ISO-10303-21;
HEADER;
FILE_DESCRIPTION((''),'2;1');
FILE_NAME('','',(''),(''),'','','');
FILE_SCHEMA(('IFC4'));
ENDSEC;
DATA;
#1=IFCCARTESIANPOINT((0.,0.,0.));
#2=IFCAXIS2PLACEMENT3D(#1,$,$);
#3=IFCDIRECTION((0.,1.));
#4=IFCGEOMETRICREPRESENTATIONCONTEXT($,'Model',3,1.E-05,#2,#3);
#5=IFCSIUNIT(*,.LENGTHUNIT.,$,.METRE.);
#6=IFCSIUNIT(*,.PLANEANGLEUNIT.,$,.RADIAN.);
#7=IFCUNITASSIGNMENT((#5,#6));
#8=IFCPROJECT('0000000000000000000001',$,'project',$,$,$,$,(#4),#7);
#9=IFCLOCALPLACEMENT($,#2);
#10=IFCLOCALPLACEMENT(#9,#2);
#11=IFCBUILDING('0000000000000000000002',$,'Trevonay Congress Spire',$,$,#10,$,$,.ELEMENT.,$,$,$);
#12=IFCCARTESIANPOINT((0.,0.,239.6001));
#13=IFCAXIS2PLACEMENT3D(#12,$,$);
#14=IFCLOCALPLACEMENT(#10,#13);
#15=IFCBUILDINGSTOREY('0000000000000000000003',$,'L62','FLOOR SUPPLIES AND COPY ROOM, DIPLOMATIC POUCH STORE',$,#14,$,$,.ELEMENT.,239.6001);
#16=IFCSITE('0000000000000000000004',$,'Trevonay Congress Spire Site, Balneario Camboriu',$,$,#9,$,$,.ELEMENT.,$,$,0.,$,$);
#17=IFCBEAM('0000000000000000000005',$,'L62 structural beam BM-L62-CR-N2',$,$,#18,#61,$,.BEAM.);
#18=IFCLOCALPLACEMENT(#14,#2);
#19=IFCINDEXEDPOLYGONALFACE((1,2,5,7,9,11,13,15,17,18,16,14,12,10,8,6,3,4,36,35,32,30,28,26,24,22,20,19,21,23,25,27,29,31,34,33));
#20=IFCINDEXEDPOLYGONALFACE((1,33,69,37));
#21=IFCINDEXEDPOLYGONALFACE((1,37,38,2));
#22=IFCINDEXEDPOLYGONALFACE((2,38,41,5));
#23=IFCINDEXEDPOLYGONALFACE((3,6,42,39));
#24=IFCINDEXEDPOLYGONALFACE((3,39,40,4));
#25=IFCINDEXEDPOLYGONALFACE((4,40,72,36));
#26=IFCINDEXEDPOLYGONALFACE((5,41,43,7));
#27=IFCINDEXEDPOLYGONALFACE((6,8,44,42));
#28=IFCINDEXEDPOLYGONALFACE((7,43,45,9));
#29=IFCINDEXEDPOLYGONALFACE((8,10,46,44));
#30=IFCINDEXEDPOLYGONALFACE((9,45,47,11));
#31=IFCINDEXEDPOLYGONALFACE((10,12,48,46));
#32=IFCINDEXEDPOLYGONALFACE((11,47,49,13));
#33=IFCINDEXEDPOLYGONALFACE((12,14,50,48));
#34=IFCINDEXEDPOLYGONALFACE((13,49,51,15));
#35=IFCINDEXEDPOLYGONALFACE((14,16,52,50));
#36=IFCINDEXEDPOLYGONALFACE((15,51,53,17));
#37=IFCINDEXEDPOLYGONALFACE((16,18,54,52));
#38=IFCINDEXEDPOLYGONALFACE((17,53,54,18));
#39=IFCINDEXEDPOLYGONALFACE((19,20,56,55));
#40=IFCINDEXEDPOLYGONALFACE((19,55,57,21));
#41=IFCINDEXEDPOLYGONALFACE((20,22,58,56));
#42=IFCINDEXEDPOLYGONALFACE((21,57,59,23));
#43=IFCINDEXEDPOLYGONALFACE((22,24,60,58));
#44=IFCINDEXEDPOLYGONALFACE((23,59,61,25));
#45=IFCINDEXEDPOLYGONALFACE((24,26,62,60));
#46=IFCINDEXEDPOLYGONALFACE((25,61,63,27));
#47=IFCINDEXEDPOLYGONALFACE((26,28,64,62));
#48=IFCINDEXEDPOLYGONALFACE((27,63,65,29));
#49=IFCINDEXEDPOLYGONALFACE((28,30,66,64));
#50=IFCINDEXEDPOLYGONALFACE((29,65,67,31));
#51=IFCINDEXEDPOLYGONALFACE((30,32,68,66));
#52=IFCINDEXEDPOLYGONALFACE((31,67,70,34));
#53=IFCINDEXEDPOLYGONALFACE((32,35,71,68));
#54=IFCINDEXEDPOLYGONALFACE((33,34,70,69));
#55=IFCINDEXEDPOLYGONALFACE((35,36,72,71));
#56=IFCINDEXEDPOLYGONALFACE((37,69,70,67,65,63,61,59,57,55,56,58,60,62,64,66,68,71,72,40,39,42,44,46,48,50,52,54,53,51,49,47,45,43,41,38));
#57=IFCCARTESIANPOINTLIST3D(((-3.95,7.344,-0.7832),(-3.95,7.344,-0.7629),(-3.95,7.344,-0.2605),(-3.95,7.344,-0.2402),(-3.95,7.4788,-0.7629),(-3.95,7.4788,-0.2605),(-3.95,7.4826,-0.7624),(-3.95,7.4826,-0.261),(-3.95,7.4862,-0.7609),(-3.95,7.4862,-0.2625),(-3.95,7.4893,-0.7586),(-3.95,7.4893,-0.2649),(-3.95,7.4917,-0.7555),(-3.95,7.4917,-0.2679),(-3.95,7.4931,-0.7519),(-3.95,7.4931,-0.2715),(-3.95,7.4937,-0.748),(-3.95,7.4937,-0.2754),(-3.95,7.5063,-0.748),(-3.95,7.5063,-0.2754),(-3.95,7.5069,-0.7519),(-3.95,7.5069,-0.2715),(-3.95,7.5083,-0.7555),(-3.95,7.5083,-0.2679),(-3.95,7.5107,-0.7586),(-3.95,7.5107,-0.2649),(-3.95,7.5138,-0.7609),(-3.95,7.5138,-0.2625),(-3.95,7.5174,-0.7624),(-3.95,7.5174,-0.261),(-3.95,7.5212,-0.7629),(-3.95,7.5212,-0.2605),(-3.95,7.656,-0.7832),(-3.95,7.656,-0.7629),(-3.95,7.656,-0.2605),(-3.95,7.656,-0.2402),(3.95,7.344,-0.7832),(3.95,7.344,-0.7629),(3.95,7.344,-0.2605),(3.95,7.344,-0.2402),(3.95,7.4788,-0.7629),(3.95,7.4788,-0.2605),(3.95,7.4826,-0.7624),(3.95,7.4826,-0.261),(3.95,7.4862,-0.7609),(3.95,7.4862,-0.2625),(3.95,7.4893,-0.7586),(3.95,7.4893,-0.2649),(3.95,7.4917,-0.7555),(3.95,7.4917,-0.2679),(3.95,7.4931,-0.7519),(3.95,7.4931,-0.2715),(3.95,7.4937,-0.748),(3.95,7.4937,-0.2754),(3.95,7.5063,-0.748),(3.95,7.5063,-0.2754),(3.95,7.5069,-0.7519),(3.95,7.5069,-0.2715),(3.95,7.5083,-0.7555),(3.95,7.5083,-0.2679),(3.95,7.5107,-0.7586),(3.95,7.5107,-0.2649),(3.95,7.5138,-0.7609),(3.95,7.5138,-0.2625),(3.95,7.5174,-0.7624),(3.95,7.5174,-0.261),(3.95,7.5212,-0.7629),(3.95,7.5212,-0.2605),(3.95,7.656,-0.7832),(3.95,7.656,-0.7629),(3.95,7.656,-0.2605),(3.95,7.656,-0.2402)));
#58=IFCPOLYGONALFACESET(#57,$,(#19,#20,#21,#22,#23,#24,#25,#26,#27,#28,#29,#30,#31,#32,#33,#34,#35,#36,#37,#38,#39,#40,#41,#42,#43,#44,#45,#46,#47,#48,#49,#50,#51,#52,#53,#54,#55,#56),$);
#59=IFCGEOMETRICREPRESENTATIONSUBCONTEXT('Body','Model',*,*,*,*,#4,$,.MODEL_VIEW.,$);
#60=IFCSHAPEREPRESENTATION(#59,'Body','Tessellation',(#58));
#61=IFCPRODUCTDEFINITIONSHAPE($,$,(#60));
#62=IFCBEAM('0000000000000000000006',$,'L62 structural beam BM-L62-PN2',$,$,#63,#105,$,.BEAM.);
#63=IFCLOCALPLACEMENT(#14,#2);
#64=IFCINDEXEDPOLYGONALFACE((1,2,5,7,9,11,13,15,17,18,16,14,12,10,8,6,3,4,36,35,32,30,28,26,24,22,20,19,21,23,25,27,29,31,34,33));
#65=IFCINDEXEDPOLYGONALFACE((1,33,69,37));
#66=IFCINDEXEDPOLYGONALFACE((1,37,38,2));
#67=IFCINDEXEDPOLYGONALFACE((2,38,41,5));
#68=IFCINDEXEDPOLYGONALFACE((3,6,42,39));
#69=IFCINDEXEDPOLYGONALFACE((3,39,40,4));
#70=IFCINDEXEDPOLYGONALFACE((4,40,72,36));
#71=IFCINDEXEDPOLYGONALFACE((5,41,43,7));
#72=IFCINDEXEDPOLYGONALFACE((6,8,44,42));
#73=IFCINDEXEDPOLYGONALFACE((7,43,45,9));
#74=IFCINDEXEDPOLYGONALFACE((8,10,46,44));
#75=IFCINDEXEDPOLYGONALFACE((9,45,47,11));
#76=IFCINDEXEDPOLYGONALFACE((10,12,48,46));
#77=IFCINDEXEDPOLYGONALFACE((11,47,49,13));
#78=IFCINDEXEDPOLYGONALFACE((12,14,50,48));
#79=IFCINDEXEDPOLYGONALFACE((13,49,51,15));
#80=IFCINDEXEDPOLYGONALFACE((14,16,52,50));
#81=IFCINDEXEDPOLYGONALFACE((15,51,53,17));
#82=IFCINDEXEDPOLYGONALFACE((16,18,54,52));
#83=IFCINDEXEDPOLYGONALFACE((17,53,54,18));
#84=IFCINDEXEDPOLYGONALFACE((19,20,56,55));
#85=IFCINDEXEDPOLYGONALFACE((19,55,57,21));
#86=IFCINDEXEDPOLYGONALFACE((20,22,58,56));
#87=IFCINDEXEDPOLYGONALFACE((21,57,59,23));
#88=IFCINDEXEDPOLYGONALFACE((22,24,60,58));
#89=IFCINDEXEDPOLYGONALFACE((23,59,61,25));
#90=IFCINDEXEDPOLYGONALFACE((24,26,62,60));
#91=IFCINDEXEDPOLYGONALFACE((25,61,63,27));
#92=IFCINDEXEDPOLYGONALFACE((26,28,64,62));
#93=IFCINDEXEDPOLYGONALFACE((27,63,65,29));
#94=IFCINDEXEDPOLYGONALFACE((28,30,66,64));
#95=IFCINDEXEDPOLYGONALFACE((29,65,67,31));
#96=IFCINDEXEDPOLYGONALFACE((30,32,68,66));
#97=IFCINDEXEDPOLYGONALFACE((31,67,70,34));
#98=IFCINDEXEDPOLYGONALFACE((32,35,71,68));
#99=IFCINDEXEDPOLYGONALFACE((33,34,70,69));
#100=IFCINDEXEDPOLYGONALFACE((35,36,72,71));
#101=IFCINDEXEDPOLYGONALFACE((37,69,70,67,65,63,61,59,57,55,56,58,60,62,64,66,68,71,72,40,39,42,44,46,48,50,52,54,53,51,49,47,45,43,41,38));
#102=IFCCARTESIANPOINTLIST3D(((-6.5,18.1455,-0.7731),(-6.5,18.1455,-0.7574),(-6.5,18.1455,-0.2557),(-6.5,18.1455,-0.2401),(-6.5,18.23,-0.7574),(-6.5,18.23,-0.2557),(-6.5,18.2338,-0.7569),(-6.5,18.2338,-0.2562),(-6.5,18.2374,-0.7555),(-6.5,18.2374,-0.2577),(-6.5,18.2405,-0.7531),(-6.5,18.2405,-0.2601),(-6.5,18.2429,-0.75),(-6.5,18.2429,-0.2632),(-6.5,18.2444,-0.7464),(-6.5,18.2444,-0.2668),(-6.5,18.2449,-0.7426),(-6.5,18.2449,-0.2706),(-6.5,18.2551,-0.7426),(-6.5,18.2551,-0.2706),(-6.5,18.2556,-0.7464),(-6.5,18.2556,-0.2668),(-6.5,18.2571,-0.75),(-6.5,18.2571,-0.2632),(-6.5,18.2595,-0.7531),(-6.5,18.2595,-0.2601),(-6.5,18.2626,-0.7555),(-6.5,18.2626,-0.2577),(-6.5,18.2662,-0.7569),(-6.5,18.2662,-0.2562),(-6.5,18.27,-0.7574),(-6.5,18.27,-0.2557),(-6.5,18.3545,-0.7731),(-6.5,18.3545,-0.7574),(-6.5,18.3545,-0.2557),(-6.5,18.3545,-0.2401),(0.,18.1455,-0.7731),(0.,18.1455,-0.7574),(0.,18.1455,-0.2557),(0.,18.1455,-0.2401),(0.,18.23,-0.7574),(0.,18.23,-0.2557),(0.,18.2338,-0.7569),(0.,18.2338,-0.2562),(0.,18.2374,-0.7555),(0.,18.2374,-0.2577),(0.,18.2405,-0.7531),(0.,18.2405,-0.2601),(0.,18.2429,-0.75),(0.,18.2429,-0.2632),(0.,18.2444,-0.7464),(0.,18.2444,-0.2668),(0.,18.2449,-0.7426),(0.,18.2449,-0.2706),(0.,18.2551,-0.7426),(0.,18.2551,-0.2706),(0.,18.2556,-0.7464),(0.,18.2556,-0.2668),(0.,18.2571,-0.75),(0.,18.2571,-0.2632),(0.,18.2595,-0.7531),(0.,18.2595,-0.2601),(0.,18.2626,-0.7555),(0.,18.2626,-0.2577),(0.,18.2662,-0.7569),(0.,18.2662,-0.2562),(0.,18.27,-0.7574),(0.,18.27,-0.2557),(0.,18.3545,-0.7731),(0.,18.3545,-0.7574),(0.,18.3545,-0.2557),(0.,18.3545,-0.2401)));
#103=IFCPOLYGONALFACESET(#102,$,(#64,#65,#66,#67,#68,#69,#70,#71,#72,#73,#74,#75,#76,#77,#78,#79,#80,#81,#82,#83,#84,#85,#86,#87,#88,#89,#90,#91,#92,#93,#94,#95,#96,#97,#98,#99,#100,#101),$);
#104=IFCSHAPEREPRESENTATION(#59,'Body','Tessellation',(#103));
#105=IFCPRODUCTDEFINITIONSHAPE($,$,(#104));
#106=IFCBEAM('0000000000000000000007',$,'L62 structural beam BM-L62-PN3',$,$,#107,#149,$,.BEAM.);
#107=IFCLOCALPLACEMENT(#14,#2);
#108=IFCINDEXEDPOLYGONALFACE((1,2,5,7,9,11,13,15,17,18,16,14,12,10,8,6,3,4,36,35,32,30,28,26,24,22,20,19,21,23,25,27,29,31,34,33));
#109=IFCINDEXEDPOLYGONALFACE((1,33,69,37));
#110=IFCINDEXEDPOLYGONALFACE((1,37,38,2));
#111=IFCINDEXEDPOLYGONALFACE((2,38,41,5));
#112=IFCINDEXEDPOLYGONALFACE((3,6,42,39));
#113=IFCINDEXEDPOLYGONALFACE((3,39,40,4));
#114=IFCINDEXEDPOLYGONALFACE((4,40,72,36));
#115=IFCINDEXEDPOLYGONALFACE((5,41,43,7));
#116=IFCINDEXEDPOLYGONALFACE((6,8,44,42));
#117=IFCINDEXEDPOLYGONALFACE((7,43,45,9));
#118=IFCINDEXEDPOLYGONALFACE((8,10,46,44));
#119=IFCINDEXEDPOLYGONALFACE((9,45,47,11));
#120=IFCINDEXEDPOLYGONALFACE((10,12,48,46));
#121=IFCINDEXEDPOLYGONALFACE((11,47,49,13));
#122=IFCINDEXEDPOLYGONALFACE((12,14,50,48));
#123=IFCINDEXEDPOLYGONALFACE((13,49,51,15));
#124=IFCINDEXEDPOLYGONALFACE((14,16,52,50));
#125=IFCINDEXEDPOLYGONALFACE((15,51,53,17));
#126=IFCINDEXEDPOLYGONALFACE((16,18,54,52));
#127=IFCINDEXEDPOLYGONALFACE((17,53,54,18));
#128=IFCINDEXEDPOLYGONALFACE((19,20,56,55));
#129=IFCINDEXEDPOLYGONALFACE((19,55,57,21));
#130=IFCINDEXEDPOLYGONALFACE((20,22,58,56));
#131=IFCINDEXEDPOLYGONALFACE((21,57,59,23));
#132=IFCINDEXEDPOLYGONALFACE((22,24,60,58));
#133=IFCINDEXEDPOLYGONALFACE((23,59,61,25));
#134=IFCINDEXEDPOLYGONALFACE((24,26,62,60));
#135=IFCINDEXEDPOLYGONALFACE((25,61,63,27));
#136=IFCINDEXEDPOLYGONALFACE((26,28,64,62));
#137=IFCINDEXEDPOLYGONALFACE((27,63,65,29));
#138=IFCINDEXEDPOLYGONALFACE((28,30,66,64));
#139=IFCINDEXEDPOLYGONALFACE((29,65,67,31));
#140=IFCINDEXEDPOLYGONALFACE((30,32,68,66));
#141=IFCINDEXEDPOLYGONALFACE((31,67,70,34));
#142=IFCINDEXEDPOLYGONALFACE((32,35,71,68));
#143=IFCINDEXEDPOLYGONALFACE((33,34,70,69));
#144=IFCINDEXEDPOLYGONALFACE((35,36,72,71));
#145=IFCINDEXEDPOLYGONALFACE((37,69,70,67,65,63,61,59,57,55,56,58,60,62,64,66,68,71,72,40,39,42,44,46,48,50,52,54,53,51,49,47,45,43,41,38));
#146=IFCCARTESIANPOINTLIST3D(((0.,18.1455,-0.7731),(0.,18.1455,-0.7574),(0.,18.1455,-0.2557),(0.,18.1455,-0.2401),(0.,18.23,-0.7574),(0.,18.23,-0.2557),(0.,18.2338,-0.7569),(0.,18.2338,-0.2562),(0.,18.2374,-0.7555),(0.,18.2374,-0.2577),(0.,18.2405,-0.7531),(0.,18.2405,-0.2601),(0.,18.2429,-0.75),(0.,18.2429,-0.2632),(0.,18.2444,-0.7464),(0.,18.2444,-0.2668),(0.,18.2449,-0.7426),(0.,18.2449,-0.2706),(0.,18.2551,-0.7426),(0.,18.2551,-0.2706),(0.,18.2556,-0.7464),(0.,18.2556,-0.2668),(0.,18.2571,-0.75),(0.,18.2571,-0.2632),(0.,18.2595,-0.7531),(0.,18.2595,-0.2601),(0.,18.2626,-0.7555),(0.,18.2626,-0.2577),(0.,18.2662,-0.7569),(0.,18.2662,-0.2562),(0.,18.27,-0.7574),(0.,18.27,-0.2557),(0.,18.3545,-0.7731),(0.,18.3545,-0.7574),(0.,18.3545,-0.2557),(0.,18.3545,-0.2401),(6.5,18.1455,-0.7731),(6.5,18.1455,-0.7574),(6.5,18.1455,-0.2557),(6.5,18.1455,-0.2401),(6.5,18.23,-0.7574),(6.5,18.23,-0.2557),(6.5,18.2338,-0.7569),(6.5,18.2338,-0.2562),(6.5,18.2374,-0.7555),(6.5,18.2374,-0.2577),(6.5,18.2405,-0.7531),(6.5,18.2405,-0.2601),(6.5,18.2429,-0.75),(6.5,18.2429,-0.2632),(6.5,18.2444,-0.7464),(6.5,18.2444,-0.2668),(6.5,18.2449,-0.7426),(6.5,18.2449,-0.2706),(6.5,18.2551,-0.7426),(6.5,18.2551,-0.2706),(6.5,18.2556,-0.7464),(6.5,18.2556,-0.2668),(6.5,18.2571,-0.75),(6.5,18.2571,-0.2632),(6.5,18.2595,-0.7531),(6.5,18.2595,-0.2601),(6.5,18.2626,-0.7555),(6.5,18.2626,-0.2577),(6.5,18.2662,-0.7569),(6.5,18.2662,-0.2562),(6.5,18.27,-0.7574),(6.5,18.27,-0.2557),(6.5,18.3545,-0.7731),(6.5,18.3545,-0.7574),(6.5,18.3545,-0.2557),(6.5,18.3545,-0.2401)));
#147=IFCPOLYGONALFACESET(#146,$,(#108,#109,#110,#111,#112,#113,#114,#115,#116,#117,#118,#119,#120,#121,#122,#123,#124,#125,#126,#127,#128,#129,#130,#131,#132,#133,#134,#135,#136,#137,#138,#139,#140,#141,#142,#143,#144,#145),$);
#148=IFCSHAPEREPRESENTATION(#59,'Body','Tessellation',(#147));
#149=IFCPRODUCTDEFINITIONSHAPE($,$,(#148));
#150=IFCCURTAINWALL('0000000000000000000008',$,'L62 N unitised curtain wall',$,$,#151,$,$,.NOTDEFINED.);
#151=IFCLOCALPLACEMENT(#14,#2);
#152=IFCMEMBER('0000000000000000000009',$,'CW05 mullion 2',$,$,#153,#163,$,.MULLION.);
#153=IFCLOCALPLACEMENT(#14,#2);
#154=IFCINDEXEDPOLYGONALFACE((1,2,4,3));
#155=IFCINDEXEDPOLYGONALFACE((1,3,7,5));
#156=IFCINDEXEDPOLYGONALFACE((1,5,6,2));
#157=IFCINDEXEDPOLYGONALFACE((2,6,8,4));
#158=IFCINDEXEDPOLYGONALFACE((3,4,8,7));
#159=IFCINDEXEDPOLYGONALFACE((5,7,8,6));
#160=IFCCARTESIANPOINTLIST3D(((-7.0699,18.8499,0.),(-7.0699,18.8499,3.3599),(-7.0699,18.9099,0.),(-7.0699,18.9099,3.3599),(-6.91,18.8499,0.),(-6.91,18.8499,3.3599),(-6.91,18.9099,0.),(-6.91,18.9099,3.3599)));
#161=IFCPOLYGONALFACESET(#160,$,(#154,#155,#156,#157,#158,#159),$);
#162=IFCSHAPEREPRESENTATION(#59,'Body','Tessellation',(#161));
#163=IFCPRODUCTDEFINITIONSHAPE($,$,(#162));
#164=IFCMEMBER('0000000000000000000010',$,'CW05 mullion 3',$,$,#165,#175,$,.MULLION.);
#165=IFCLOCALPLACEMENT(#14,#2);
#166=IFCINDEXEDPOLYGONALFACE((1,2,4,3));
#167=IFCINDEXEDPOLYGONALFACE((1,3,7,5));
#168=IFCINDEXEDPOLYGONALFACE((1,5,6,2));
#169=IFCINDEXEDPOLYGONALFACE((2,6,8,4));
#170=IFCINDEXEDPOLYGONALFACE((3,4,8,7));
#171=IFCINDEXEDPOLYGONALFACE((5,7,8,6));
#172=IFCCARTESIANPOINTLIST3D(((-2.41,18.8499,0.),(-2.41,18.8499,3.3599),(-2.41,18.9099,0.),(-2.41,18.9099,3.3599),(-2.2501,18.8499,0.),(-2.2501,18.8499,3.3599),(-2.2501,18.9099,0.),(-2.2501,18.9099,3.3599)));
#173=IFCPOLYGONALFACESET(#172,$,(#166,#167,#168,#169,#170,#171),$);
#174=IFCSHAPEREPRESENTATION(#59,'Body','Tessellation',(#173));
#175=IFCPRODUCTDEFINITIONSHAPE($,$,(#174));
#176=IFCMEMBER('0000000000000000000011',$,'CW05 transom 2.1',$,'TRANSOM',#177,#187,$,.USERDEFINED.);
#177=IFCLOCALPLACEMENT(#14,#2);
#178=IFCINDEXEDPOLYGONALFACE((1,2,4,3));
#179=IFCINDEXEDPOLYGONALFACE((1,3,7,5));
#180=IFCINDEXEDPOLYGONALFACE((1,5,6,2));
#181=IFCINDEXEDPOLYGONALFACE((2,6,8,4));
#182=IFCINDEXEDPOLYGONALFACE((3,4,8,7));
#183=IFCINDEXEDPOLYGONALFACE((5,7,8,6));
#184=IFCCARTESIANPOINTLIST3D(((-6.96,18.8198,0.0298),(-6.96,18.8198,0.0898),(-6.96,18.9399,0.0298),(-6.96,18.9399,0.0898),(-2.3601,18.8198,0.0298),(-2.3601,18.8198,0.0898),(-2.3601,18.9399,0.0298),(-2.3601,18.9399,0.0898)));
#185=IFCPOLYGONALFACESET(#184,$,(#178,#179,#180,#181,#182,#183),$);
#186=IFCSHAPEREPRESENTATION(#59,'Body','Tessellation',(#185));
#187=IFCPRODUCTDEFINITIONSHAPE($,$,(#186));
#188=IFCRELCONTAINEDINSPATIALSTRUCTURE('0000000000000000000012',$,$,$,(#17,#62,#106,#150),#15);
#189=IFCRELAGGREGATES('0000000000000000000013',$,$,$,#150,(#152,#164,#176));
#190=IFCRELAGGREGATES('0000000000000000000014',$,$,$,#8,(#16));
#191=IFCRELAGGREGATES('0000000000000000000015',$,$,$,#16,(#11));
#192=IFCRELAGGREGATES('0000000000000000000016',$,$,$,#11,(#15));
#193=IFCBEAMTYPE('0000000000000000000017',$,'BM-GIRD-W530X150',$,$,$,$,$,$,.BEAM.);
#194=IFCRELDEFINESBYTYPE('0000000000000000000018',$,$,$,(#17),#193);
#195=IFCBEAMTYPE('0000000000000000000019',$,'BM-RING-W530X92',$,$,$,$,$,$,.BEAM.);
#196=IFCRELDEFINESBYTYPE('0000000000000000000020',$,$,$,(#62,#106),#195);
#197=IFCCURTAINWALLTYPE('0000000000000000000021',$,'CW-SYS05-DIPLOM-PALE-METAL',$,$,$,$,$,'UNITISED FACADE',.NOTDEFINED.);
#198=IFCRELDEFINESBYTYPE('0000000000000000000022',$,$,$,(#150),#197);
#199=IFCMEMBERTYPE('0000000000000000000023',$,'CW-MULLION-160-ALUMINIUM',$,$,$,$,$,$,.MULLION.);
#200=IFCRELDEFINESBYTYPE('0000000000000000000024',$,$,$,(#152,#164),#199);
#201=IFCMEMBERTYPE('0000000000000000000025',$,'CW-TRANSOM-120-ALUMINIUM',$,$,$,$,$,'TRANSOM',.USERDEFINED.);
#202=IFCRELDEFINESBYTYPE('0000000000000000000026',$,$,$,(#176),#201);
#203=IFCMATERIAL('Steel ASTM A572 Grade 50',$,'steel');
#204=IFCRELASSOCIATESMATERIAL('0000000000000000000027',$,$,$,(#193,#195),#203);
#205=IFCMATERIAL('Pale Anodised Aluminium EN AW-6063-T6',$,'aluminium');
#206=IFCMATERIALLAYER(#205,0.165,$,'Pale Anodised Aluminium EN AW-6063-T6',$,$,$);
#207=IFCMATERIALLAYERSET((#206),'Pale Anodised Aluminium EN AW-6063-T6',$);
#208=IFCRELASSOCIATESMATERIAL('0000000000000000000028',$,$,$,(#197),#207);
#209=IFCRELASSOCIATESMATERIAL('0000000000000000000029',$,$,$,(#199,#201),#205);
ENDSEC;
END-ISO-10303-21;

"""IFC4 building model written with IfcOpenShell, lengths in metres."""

from ifc_helpers import new_model, si_unit, direction, frame, origin, origin_2d, place, context, subcontext, project, spatial, rectangle, i_section, extrude, material, layer, layer_set, material_profile, profile_set, type_object, element, aggregate, save


model = new_model("IFC4")

# Units and contexts
model_context = context("Model", 3, precision=1e-05, world=origin(), true_north=direction((0.0, 1.0)))
body_context = subcontext(model_context, "Body", "Model", "MODEL_VIEW")
ifc_project = project(units=[si_unit("LENGTHUNIT", "METRE"), si_unit("PLANEANGLEUNIT", "RADIAN")], contexts=[model_context])

# Site, building, storey
site_placement = place(None, origin())
site = spatial("IfcSite", under=ifc_project, at=site_placement, Name="Trevonay Congress Spire Site, Balneario Camboriu", CompositionType="ELEMENT", RefElevation=0.0)
building_placement = place(site_placement, origin())
building = spatial("IfcBuilding", under=site, at=building_placement, Name="Trevonay Congress Spire", CompositionType="ELEMENT")
storey_placement = place(building_placement, frame((0.0, 0.0, 239.6001)))
storey = spatial("IfcBuildingStorey", under=building, at=storey_placement, Name="L62", Description="FLOOR SUPPLIES AND COPY ROOM, DIPLOMATIC POUCH STORE", CompositionType="ELEMENT", Elevation=239.6001)

# Shared definitions
ifc_material_1 = material(Name="Steel ASTM A572 Grade 50", Category="steel")

# Beams
ifc_material_profile_1 = material_profile(ifc_material_1, i_section(OverallWidth=0.312, OverallDepth=0.543, WebThickness=0.0127, FlangeThickness=0.0203, FilletRadius=0.0149, at=origin_2d()), Name="W530x150")
ifc_profile_set_1 = profile_set([ifc_material_profile_1], Name="Steel ASTM A572 Grade 50")
beam_type_1 = type_object("IfcBeamType", Name="BM-GIRD-W530X150", PredefinedType="BEAM", material=ifc_profile_set_1)
beam_1_placement = place(storey_placement, frame((-3.95, 7.5, -0.5117), z_axis=(1.0, 0.0, 0.0), x_axis=(0.0, 1.0, 0.0)))
element("IfcBeam", 1, at=beam_1_placement, inside=storey, type_object=beam_type_1, Name="L62 structural beam BM-L62-CR-N2", PredefinedType="BEAM", context=body_context, shape_type="SweptSolid", body=[
    extrude(i_section(OverallWidth=0.312, OverallDepth=0.543, WebThickness=0.0127, FlangeThickness=0.0203, FilletRadius=0.0149, at=origin_2d()), origin(), (0.0, 0.0, 1.0), 7.8999),
])
ifc_material_profile_2 = material_profile(ifc_material_1, i_section(OverallWidth=0.209, OverallDepth=0.533, WebThickness=0.0103, FlangeThickness=0.0156, FilletRadius=0.0149, at=origin_2d()), Name="W530x92")
ifc_profile_set_2 = profile_set([ifc_material_profile_2], Name="Steel ASTM A572 Grade 50")
beam_type_2 = type_object("IfcBeamType", Name="BM-RING-W530X92", PredefinedType="BEAM", material=ifc_profile_set_2)
for number, where, z_axis, x_axis, name in (
    (2, (-6.5, 18.25, -0.5066), (1.0, 0.0, 0.0), (0.0, 1.0, 0.0), "L62 structural beam BM-L62-PN2"),
    (3, (0.0, 18.25, -0.5066), (1.0, 0.0, 0.0), (0.0, 1.0, 0.0), "L62 structural beam BM-L62-PN3"),
):
    element("IfcBeam", number, at=place(storey_placement, frame(where, z_axis=z_axis, x_axis=x_axis)), inside=storey, type_object=beam_type_2, Name=name, PredefinedType="BEAM", context=body_context, shape_type="SweptSolid", body=[
        extrude(i_section(OverallWidth=0.209, OverallDepth=0.533, WebThickness=0.0103, FlangeThickness=0.0156, FilletRadius=0.0149, at=origin_2d()), origin(), (0.0, 0.0, 1.0), 6.5),
    ])

# Curtain wall, members
ifc_material_2 = material(Name="Pale Anodised Aluminium EN AW-6063-T6", Category="aluminium")
ifc_layer_1 = layer(ifc_material_2, 0.165, Name="Pale Anodised Aluminium EN AW-6063-T6")
ifc_layer_set_1 = layer_set([ifc_layer_1], Name="Pale Anodised Aluminium EN AW-6063-T6")
curtain_wall_type = type_object("IfcCurtainWallType", Name="CW-SYS05-DIPLOM-PALE-METAL", ElementType="UNITISED FACADE", PredefinedType="NOTDEFINED", material=ifc_layer_set_1)
curtain_wall_placement = place(storey_placement, origin())
curtain_wall = element("IfcCurtainWall", 4, at=curtain_wall_placement, inside=storey, type_object=curtain_wall_type, Name="L62 N unitised curtain wall", PredefinedType="NOTDEFINED")
ifc_material_profile_3 = material_profile(ifc_material_2, rectangle(XDim=0.0601, YDim=0.1599, at=origin_2d()), Name="CW-MULLION-160-ALUMINIUM")
ifc_profile_set_3 = profile_set([ifc_material_profile_3], Name="Pale Anodised Aluminium EN AW-6063-T6")
member_type_1 = type_object("IfcMemberType", Name="CW-MULLION-160-ALUMINIUM", PredefinedType="MULLION", material=ifc_profile_set_3)
member_1_placement = place(storey_placement, frame((-6.99, 18.8799, 0.0), z_axis=(0.0, 0.0, 1.0), x_axis=(0.0, 1.0, 0.0)))
member_1 = element("IfcMember", 5, at=member_1_placement, type_object=member_type_1, Name="CW05 mullion 2", PredefinedType="MULLION", context=body_context, shape_type="SweptSolid", body=[
    extrude(rectangle(XDim=0.0601, YDim=0.1599, at=origin_2d()), origin(), (0.0, 0.0, 1.0), 3.3599),
])
member_2_placement = place(storey_placement, frame((-2.3301, 18.8799, 0.0), z_axis=(0.0, 0.0, 1.0), x_axis=(0.0, 1.0, 0.0)))
member_2 = element("IfcMember", 6, at=member_2_placement, type_object=member_type_1, Name="CW05 mullion 3", PredefinedType="MULLION", context=body_context, shape_type="SweptSolid", body=[
    extrude(rectangle(XDim=0.0601, YDim=0.1599, at=origin_2d()), origin(), (0.0, 0.0, 1.0), 3.3599),
])
ifc_material_profile_4 = material_profile(ifc_material_2, rectangle(XDim=0.1201, YDim=0.0601, at=origin_2d()), Name="CW-TRANSOM-120-ALUMINIUM")
ifc_profile_set_4 = profile_set([ifc_material_profile_4], Name="Pale Anodised Aluminium EN AW-6063-T6")
member_type_2 = type_object("IfcMemberType", Name="CW-TRANSOM-120-ALUMINIUM", ElementType="TRANSOM", PredefinedType="USERDEFINED", material=ifc_profile_set_4)
member_3_placement = place(storey_placement, frame((-6.96, 18.8799, 0.0598), z_axis=(1.0, 0.0, 0.0), x_axis=(0.0, 1.0, 0.0)))
member_3 = element("IfcMember", 7, at=member_3_placement, type_object=member_type_2, Name="CW05 transom 2.1", ObjectType="TRANSOM", PredefinedType="USERDEFINED", context=body_context, shape_type="SweptSolid", body=[
    extrude(rectangle(XDim=0.1201, YDim=0.0601, at=origin_2d()), origin(), (0.0, 0.0, 1.0), 4.5999),
])
aggregate(curtain_wall, [member_1, member_2, member_3])

save(model, "model.ifc")
